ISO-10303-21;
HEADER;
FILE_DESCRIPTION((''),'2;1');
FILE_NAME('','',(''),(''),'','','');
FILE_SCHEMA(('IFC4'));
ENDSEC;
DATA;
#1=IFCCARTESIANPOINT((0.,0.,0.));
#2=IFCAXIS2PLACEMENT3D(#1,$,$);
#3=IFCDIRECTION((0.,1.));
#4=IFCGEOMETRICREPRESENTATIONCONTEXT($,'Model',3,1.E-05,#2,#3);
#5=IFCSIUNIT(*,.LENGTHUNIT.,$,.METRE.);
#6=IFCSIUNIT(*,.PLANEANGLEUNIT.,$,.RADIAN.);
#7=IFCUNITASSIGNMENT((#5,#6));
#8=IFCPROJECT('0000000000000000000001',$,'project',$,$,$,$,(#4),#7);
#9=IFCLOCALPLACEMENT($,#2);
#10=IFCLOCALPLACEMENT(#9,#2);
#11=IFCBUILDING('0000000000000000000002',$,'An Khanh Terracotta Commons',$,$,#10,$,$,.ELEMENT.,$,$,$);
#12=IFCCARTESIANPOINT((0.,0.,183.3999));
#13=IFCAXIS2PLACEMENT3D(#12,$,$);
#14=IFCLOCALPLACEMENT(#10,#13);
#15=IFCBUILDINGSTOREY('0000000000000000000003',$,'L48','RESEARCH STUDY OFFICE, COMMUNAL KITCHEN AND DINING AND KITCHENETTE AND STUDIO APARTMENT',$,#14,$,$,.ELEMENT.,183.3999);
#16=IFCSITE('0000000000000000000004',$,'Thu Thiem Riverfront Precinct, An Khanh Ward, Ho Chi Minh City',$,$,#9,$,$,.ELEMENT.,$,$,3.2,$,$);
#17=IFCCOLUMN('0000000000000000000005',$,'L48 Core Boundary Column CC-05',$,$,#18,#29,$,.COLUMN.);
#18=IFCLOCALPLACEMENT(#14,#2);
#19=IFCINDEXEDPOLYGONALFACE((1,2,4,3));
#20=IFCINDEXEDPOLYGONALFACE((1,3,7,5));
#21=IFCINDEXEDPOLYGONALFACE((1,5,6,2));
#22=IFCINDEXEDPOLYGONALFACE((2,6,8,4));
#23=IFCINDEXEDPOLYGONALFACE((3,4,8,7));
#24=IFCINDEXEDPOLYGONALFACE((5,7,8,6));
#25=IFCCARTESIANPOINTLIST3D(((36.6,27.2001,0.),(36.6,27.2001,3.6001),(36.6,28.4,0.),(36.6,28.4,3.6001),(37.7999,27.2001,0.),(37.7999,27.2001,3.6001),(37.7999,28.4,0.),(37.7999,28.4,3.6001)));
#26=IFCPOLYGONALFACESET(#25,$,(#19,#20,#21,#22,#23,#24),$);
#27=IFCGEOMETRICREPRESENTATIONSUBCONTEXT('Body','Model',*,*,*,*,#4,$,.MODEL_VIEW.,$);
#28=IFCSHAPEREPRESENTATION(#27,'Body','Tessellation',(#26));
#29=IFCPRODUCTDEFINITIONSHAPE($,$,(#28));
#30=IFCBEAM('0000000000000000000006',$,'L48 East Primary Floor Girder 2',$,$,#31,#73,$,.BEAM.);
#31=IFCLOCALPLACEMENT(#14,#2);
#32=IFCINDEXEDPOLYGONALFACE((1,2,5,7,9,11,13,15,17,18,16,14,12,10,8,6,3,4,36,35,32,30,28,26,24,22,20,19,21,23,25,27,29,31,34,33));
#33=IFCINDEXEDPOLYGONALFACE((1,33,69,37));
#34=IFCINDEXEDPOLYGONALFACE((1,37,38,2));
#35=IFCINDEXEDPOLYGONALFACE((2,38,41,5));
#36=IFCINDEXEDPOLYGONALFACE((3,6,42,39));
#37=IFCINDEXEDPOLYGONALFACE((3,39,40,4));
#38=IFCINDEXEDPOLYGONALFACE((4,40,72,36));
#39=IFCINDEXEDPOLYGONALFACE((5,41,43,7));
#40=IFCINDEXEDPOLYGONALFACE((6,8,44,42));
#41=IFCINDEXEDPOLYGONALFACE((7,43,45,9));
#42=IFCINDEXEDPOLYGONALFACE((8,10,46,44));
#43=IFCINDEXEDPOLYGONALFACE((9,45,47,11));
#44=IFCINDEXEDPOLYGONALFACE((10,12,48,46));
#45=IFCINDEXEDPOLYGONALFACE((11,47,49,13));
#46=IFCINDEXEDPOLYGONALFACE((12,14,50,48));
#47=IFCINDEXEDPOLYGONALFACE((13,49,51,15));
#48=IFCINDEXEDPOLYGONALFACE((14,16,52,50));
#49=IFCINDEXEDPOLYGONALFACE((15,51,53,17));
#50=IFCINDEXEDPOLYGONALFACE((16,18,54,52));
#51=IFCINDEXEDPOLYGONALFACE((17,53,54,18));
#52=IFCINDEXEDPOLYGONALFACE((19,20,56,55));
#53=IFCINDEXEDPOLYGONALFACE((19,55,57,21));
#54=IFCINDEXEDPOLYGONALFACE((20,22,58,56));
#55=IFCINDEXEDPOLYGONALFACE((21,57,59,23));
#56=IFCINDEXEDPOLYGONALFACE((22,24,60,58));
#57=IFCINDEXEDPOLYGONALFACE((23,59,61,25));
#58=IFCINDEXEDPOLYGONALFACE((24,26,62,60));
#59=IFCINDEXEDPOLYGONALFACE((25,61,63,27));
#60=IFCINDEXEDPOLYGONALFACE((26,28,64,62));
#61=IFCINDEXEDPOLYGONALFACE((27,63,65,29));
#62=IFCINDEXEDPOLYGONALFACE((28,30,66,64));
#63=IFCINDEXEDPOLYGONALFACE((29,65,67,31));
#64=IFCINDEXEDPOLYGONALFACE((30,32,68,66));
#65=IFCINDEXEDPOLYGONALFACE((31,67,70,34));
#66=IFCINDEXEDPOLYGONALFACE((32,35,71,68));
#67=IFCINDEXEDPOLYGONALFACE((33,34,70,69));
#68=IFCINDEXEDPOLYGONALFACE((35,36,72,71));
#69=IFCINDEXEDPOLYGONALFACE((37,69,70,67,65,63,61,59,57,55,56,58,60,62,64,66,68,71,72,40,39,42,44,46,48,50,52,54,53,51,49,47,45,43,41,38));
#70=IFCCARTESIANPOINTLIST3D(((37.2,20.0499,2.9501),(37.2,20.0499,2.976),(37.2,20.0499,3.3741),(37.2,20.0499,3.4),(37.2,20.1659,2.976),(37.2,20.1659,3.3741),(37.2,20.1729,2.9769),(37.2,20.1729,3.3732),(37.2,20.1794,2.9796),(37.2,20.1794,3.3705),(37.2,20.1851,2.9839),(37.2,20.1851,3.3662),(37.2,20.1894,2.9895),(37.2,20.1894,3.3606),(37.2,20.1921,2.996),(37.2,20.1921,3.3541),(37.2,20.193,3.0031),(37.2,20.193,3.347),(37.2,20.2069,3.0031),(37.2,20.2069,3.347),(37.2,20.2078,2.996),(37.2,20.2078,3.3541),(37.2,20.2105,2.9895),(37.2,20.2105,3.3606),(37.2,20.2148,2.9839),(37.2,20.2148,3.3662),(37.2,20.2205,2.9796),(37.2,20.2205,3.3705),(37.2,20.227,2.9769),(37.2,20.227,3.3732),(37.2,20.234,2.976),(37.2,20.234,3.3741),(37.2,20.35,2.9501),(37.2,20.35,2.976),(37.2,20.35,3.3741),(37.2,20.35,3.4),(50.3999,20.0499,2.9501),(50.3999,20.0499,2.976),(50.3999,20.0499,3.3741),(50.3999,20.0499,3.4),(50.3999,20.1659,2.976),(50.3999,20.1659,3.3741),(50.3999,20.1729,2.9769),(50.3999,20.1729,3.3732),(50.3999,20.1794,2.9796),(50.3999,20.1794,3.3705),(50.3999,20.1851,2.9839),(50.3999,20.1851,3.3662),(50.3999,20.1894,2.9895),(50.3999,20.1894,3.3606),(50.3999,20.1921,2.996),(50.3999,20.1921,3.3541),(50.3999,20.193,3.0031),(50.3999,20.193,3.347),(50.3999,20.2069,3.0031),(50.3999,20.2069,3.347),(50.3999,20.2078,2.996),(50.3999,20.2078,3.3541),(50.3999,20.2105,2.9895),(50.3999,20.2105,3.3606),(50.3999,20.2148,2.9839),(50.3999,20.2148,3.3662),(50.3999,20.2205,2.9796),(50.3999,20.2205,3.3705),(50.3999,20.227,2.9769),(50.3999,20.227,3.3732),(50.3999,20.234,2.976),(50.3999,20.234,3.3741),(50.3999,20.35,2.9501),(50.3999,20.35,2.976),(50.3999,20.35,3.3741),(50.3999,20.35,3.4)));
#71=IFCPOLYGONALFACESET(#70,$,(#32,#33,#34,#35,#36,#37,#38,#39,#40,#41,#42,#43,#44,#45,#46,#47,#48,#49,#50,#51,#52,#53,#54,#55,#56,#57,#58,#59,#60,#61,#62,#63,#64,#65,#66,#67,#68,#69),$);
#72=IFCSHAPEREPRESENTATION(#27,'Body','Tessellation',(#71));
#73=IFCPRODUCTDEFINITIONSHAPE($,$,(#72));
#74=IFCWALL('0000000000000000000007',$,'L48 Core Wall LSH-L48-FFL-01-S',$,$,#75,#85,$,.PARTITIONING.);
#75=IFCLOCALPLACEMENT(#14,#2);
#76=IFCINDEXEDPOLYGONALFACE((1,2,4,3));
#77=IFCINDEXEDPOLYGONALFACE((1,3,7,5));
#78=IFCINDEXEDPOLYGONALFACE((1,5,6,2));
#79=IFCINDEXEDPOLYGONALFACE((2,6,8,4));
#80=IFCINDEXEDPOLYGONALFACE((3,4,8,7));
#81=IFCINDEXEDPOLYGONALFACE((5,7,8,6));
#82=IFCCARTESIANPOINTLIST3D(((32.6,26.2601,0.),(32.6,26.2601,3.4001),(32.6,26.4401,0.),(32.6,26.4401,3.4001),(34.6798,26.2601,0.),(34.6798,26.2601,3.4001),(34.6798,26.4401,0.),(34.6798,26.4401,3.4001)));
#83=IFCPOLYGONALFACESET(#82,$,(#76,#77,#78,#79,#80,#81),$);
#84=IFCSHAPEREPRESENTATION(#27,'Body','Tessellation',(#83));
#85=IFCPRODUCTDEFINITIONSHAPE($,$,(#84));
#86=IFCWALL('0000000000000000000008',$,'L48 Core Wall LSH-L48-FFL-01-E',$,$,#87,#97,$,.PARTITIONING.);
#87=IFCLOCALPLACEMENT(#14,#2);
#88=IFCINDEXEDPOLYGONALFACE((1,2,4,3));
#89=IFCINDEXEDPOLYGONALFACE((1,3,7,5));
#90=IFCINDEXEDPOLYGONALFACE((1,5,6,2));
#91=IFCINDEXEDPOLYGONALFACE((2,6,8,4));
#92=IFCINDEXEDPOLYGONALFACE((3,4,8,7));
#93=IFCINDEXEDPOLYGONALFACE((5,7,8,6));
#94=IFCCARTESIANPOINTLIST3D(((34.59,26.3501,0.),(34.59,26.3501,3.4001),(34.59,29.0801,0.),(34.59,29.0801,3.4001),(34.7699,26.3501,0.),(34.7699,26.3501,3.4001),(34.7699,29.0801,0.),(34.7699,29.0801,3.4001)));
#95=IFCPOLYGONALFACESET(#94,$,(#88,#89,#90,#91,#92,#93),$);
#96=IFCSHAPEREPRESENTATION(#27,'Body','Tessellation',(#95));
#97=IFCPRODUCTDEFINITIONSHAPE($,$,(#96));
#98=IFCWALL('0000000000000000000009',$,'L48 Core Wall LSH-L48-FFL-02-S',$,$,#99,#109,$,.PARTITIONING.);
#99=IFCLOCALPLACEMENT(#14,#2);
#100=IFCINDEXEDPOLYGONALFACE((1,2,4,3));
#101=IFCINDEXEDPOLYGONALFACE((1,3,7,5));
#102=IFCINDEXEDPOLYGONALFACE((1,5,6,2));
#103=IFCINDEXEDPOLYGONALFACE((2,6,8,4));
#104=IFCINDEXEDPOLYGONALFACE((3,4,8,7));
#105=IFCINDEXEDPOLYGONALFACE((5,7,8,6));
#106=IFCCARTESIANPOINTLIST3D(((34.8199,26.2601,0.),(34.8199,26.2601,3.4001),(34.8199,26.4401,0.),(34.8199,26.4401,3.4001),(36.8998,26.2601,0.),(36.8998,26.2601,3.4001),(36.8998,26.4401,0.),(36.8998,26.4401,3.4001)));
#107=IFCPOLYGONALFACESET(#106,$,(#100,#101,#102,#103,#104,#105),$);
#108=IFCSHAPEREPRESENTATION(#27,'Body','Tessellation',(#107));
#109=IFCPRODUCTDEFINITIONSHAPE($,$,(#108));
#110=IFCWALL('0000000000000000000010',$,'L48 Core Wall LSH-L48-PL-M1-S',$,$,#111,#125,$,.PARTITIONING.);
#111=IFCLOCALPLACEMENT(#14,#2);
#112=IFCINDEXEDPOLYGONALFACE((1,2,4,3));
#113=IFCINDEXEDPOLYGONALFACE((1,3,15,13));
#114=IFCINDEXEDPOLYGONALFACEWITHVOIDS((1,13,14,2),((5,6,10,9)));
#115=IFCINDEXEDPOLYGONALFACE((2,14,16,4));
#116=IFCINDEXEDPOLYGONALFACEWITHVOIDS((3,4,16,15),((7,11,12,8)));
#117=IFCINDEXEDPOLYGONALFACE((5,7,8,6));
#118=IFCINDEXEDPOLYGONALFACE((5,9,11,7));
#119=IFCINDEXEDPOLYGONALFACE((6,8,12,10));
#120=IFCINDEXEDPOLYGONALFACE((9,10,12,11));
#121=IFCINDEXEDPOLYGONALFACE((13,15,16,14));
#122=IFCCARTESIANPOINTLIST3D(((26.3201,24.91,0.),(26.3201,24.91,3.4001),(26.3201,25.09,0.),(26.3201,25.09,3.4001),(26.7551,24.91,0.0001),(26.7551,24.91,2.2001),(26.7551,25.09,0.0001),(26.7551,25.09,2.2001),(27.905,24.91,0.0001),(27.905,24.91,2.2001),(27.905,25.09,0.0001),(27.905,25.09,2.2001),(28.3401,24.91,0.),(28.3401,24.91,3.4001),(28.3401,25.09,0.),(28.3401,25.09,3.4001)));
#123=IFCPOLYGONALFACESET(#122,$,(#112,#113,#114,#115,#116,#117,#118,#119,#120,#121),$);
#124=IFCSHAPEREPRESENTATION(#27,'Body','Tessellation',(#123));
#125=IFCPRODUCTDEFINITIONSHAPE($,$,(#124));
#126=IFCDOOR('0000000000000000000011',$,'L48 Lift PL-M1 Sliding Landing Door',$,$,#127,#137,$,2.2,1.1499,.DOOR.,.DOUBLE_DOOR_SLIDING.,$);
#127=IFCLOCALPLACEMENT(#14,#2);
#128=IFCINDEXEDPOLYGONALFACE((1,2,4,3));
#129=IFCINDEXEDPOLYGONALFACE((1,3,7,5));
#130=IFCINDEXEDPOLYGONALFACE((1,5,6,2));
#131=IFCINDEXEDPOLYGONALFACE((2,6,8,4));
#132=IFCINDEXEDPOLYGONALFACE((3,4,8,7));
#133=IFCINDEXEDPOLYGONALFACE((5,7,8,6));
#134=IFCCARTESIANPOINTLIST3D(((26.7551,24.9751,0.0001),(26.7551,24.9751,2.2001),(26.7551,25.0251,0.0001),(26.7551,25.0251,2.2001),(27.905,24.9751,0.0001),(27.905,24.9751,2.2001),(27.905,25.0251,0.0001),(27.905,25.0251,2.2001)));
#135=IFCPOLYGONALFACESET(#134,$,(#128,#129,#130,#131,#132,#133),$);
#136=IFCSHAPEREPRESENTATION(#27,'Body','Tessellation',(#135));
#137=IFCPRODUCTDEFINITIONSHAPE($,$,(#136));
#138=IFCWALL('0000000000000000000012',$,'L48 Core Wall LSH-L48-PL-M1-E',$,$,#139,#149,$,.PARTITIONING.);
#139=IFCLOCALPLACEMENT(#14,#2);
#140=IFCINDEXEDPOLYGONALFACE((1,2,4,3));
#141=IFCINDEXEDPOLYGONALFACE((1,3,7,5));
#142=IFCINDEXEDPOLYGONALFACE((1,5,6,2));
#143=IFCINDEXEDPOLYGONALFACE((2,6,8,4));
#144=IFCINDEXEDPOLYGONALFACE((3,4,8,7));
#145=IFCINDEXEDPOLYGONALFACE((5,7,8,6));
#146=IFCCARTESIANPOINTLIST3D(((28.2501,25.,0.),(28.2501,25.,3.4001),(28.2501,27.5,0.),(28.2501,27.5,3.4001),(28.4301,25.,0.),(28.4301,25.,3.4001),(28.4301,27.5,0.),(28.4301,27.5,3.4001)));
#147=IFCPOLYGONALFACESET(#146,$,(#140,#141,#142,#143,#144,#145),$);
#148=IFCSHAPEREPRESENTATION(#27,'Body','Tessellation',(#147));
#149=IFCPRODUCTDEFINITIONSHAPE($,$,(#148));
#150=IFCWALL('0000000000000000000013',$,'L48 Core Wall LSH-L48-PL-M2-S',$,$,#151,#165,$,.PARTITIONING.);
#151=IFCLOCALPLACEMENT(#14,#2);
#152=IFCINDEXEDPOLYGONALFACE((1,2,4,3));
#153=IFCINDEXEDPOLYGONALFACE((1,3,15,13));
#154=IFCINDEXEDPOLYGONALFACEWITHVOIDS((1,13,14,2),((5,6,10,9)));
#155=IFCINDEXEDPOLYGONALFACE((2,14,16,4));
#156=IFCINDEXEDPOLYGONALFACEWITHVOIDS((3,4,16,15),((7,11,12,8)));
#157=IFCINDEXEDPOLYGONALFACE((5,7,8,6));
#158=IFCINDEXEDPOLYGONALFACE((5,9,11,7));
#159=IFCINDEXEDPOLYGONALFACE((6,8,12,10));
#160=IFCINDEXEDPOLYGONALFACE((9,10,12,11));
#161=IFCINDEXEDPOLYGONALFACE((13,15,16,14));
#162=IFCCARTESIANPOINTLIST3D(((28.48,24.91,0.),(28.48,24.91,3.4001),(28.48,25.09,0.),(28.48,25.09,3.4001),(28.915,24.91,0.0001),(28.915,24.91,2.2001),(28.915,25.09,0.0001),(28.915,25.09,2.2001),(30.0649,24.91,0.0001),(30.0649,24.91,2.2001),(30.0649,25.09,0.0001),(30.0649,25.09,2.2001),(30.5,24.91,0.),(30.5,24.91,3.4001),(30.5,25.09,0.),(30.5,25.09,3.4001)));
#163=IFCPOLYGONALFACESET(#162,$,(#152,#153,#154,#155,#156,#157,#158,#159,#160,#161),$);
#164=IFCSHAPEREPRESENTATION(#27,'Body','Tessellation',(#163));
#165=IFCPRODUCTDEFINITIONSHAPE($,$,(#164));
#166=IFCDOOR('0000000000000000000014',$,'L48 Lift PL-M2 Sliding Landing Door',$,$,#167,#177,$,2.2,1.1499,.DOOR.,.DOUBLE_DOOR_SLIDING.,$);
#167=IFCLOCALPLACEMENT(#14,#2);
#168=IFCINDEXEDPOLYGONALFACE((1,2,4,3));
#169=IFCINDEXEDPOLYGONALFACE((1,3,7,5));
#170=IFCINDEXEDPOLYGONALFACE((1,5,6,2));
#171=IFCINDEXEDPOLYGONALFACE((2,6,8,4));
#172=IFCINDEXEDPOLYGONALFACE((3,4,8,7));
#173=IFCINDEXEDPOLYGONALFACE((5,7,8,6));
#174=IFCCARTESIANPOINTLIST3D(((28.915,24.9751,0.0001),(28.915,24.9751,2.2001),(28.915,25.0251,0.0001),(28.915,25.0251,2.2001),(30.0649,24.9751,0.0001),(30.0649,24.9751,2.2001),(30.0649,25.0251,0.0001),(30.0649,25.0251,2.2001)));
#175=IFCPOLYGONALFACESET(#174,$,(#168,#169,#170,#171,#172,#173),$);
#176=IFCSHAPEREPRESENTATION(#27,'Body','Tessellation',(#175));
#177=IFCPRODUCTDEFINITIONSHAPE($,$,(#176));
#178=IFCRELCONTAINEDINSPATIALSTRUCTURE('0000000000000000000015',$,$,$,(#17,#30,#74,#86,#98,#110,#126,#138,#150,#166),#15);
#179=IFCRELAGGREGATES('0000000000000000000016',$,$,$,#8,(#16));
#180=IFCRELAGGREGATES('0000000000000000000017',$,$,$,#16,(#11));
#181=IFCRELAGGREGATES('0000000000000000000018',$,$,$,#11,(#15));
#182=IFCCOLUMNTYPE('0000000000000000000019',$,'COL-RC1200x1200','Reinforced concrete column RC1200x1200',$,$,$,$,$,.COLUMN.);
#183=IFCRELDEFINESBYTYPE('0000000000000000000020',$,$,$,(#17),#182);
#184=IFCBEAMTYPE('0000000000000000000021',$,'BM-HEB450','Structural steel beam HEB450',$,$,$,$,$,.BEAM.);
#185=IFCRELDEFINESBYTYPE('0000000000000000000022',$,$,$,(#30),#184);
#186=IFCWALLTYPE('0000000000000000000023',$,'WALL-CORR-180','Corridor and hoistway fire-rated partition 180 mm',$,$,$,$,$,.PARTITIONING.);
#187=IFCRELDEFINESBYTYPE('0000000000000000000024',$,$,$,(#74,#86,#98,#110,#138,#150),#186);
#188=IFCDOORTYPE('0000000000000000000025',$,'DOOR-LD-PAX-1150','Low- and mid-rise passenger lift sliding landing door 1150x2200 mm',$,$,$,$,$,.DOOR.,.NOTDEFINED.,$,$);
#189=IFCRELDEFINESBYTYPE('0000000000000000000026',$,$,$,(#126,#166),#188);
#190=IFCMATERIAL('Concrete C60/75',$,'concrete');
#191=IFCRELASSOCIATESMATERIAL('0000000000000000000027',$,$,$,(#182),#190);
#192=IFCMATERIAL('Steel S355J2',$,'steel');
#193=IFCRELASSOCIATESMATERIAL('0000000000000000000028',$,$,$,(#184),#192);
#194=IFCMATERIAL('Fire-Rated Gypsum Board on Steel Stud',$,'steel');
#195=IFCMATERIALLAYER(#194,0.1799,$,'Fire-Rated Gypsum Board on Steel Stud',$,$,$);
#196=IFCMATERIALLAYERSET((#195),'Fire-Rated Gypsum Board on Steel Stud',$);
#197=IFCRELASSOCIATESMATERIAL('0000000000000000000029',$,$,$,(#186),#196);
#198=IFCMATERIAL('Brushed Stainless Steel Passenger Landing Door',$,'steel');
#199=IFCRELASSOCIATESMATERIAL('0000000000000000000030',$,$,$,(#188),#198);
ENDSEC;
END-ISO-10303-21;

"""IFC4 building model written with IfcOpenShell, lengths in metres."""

from ifc_helpers import new_model, si_unit, direction, frame, frame_2d, origin, origin_2d, place, context, subcontext, project, spatial, rectangle, i_section, extrude, material, layer, layer_set, material_profile, profile_set, type_object, element, fill, save


model = new_model("IFC4")

# Units and contexts
model_context = context("Model", 3, precision=1e-05, world=origin(), true_north=direction((0.0, 1.0)))
body_context = subcontext(model_context, "Body", "Model", "MODEL_VIEW")
ifc_project = project(units=[si_unit("LENGTHUNIT", "METRE"), si_unit("PLANEANGLEUNIT", "RADIAN")], contexts=[model_context])

# Site, building, storey
site_placement = place(None, origin())
site = spatial("IfcSite", under=ifc_project, at=site_placement, Name="Thu Thiem Riverfront Precinct, An Khanh Ward, Ho Chi Minh City", CompositionType="ELEMENT", RefElevation=3.2)
building_placement = place(site_placement, origin())
building = spatial("IfcBuilding", under=site, at=building_placement, Name="An Khanh Terracotta Commons", CompositionType="ELEMENT")
storey_placement = place(building_placement, frame((0.0, 0.0, 183.3999)))
storey = spatial("IfcBuildingStorey", under=building, at=storey_placement, Name="L48", Description="RESEARCH STUDY OFFICE, COMMUNAL KITCHEN AND DINING AND KITCHENETTE AND STUDIO APARTMENT", CompositionType="ELEMENT", Elevation=183.3999)

# Column
ifc_material_1 = material(Name="Concrete C60/75", Category="concrete")
ifc_material_profile_1 = material_profile(ifc_material_1, rectangle(XDim=1.2, YDim=1.2, at=origin_2d()), Name="RC1200x1200")
ifc_profile_set_1 = profile_set([ifc_material_profile_1], Name="Concrete C60/75")
column_type = type_object("IfcColumnType", Name="COL-RC1200x1200", Description="Reinforced concrete column RC1200x1200", PredefinedType="COLUMN", material=ifc_profile_set_1)
column_placement = place(storey_placement, frame((37.2, 27.8, 0.0), z_axis=(0.0, 0.0, 1.0), x_axis=(1.0, 0.0, 0.0)))
element("IfcColumn", 1, at=column_placement, inside=storey, type_object=column_type, Name="L48 Core Boundary Column CC-05", PredefinedType="COLUMN", context=body_context, shape_type="SweptSolid", body=[
    extrude(rectangle(XDim=1.2, YDim=1.2, at=origin_2d()), origin(), (0.0, 0.0, 1.0), 3.6001),
])

# Beam
ifc_material_2 = material(Name="Steel S355J2", Category="steel")
ifc_material_profile_2 = material_profile(ifc_material_2, i_section(OverallWidth=0.3, OverallDepth=0.45, WebThickness=0.0139, FlangeThickness=0.0259, FilletRadius=0.0271, at=origin_2d()), Name="HEB450")
ifc_profile_set_2 = profile_set([ifc_material_profile_2], Name="Steel S355J2")
beam_type = type_object("IfcBeamType", Name="BM-HEB450", Description="Structural steel beam HEB450", PredefinedType="BEAM", material=ifc_profile_set_2)
beam_placement = place(storey_placement, frame((37.2, 20.2, 3.175), z_axis=(1.0, 0.0, 0.0), x_axis=(0.0, 1.0, 0.0)))
element("IfcBeam", 2, at=beam_placement, inside=storey, type_object=beam_type, Name="L48 East Primary Floor Girder 2", PredefinedType="BEAM", context=body_context, shape_type="SweptSolid", body=[
    extrude(i_section(OverallWidth=0.3, OverallDepth=0.45, WebThickness=0.0139, FlangeThickness=0.0259, FilletRadius=0.0271, at=origin_2d()), origin(), (0.0, 0.0, 1.0), 13.2),
])

# Walls
ifc_material_3 = material(Name="Fire-Rated Gypsum Board on Steel Stud", Category="steel")
ifc_layer_1 = layer(ifc_material_3, 0.1799, Name="Fire-Rated Gypsum Board on Steel Stud")
ifc_layer_set_1 = layer_set([ifc_layer_1], Name="Fire-Rated Gypsum Board on Steel Stud")
wall_type_1 = type_object("IfcWallType", Name="WALL-CORR-180", Description="Corridor and hoistway fire-rated partition 180 mm", PredefinedType="PARTITIONING", material=ifc_layer_set_1)
wall_1_placement = place(storey_placement, frame((34.6799, 26.3501, 0.0), z_axis=(0.0, 0.0, 1.0), x_axis=(-1.0, 0.0, 0.0)))
element("IfcWall", 3, at=wall_1_placement, inside=storey, type_object=wall_type_1, Name="L48 Core Wall LSH-L48-FFL-01-S", PredefinedType="PARTITIONING", context=body_context, shape_type="SweptSolid", body=[
    extrude(rectangle(XDim=2.0798, YDim=0.1799, at=frame_2d((1.04, 0.0))), origin(), (0.0, 0.0, 1.0), 3.4001),
])
wall_2_placement = place(storey_placement, frame((34.6799, 26.3501, 0.0), z_axis=(0.0, 0.0, 1.0), x_axis=(0.0, 1.0, 0.0)))
element("IfcWall", 4, at=wall_2_placement, inside=storey, type_object=wall_type_1, Name="L48 Core Wall LSH-L48-FFL-01-E", PredefinedType="PARTITIONING", context=body_context, shape_type="SweptSolid", body=[
    extrude(rectangle(XDim=2.73, YDim=0.1799, at=frame_2d((1.365, 0.0))), origin(), (0.0, 0.0, 1.0), 3.4001),
])
wall_3_placement = place(storey_placement, frame((36.8999, 26.3501, 0.0), z_axis=(0.0, 0.0, 1.0), x_axis=(-1.0, 0.0, 0.0)))
element("IfcWall", 5, at=wall_3_placement, inside=storey, type_object=wall_type_1, Name="L48 Core Wall LSH-L48-FFL-02-S", PredefinedType="PARTITIONING", context=body_context, shape_type="SweptSolid", body=[
    extrude(rectangle(XDim=2.0798, YDim=0.1799, at=frame_2d((1.04, 0.0))), origin(), (0.0, 0.0, 1.0), 3.4001),
])

# Wall, opening, door
wall_4_placement = place(storey_placement, frame((28.3401, 25.0, 0.0), z_axis=(0.0, 0.0, 1.0), x_axis=(-1.0, 0.0, 0.0)))
wall_4 = element("IfcWall", 6, at=wall_4_placement, inside=storey, type_object=wall_type_1, Name="L48 Core Wall LSH-L48-PL-M1-S", PredefinedType="PARTITIONING", context=body_context, shape_type="SweptSolid", body=[
    extrude(rectangle(XDim=2.02, YDim=0.1799, at=frame_2d((1.01, 0.0))), origin(), (0.0, 0.0, 1.0), 3.4001),
])
opening_1_placement = place(wall_4_placement, frame((0.4351, 0.0, 0.0)))
opening_1 = element("IfcOpeningElement", 7, at=opening_1_placement, cuts=wall_4, PredefinedType="OPENING", context=body_context, shape_type="SweptSolid", body=[
    extrude(rectangle(XDim=1.1499, YDim=2.2, at=frame_2d((0.575, 1.1001))), frame((0.0, 0.0999, 0.0), z_axis=(0.0, -1.0, 0.0), x_axis=(1.0, 0.0, 0.0)), (0.0, 0.0, 1.0), 0.2),
])
ifc_material_4 = material(Name="Brushed Stainless Steel Passenger Landing Door", Category="steel")
door_type = type_object("IfcDoorType", Name="DOOR-LD-PAX-1150", Description="Low- and mid-rise passenger lift sliding landing door 1150x2200 mm", OperationType="NOTDEFINED", PredefinedType="DOOR", material=ifc_material_4)
door_1_placement = place(opening_1_placement, origin())
door_1 = element("IfcDoor", 8, at=door_1_placement, inside=storey, type_object=door_type, Name="L48 Lift PL-M1 Sliding Landing Door", OperationType="DOUBLE_DOOR_SLIDING", OverallHeight=2.2, OverallWidth=1.1499, PredefinedType="DOOR", context=body_context, shape_type="SweptSolid", body=[
    extrude(rectangle(XDim=1.1499, YDim=2.2, at=frame_2d((0.575, 1.1001))), frame((0.0, 0.0249, 0.0), z_axis=(0.0, -1.0, 0.0), x_axis=(1.0, 0.0, 0.0)), (0.0, 0.0, 1.0), 0.05),
])
fill(opening_1, door_1)

# Wall
wall_5_placement = place(storey_placement, frame((28.3401, 25.0, 0.0), z_axis=(0.0, 0.0, 1.0), x_axis=(0.0, 1.0, 0.0)))
element("IfcWall", 9, at=wall_5_placement, inside=storey, type_object=wall_type_1, Name="L48 Core Wall LSH-L48-PL-M1-E", PredefinedType="PARTITIONING", context=body_context, shape_type="SweptSolid", body=[
    extrude(rectangle(XDim=2.5, YDim=0.1799, at=frame_2d((1.25, 0.0))), origin(), (0.0, 0.0, 1.0), 3.4001),
])

# Wall, opening, door
wall_6_placement = place(storey_placement, frame((30.5, 25.0, 0.0), z_axis=(0.0, 0.0, 1.0), x_axis=(-1.0, 0.0, 0.0)))
wall_6 = element("IfcWall", 10, at=wall_6_placement, inside=storey, type_object=wall_type_1, Name="L48 Core Wall LSH-L48-PL-M2-S", PredefinedType="PARTITIONING", context=body_context, shape_type="SweptSolid", body=[
    extrude(rectangle(XDim=2.02, YDim=0.1799, at=frame_2d((1.01, 0.0))), origin(), (0.0, 0.0, 1.0), 3.4001),
])
opening_2_placement = place(wall_6_placement, frame((0.4351, 0.0, 0.0)))
opening_2 = element("IfcOpeningElement", 11, at=opening_2_placement, cuts=wall_6, PredefinedType="OPENING", context=body_context, shape_type="SweptSolid", body=[
    extrude(rectangle(XDim=1.1499, YDim=2.2, at=frame_2d((0.575, 1.1001))), frame((0.0, 0.0999, 0.0), z_axis=(0.0, -1.0, 0.0), x_axis=(1.0, 0.0, 0.0)), (0.0, 0.0, 1.0), 0.2),
])
door_2_placement = place(opening_2_placement, origin())
door_2 = element("IfcDoor", 12, at=door_2_placement, inside=storey, type_object=door_type, Name="L48 Lift PL-M2 Sliding Landing Door", OperationType="DOUBLE_DOOR_SLIDING", OverallHeight=2.2, OverallWidth=1.1499, PredefinedType="DOOR", context=body_context, shape_type="SweptSolid", body=[
    extrude(rectangle(XDim=1.1499, YDim=2.2, at=frame_2d((0.575, 1.1001))), frame((0.0, 0.0249, 0.0), z_axis=(0.0, -1.0, 0.0), x_axis=(1.0, 0.0, 0.0)), (0.0, 0.0, 1.0), 0.05),
])
fill(opening_2, door_2)

save(model, "model.ifc")
